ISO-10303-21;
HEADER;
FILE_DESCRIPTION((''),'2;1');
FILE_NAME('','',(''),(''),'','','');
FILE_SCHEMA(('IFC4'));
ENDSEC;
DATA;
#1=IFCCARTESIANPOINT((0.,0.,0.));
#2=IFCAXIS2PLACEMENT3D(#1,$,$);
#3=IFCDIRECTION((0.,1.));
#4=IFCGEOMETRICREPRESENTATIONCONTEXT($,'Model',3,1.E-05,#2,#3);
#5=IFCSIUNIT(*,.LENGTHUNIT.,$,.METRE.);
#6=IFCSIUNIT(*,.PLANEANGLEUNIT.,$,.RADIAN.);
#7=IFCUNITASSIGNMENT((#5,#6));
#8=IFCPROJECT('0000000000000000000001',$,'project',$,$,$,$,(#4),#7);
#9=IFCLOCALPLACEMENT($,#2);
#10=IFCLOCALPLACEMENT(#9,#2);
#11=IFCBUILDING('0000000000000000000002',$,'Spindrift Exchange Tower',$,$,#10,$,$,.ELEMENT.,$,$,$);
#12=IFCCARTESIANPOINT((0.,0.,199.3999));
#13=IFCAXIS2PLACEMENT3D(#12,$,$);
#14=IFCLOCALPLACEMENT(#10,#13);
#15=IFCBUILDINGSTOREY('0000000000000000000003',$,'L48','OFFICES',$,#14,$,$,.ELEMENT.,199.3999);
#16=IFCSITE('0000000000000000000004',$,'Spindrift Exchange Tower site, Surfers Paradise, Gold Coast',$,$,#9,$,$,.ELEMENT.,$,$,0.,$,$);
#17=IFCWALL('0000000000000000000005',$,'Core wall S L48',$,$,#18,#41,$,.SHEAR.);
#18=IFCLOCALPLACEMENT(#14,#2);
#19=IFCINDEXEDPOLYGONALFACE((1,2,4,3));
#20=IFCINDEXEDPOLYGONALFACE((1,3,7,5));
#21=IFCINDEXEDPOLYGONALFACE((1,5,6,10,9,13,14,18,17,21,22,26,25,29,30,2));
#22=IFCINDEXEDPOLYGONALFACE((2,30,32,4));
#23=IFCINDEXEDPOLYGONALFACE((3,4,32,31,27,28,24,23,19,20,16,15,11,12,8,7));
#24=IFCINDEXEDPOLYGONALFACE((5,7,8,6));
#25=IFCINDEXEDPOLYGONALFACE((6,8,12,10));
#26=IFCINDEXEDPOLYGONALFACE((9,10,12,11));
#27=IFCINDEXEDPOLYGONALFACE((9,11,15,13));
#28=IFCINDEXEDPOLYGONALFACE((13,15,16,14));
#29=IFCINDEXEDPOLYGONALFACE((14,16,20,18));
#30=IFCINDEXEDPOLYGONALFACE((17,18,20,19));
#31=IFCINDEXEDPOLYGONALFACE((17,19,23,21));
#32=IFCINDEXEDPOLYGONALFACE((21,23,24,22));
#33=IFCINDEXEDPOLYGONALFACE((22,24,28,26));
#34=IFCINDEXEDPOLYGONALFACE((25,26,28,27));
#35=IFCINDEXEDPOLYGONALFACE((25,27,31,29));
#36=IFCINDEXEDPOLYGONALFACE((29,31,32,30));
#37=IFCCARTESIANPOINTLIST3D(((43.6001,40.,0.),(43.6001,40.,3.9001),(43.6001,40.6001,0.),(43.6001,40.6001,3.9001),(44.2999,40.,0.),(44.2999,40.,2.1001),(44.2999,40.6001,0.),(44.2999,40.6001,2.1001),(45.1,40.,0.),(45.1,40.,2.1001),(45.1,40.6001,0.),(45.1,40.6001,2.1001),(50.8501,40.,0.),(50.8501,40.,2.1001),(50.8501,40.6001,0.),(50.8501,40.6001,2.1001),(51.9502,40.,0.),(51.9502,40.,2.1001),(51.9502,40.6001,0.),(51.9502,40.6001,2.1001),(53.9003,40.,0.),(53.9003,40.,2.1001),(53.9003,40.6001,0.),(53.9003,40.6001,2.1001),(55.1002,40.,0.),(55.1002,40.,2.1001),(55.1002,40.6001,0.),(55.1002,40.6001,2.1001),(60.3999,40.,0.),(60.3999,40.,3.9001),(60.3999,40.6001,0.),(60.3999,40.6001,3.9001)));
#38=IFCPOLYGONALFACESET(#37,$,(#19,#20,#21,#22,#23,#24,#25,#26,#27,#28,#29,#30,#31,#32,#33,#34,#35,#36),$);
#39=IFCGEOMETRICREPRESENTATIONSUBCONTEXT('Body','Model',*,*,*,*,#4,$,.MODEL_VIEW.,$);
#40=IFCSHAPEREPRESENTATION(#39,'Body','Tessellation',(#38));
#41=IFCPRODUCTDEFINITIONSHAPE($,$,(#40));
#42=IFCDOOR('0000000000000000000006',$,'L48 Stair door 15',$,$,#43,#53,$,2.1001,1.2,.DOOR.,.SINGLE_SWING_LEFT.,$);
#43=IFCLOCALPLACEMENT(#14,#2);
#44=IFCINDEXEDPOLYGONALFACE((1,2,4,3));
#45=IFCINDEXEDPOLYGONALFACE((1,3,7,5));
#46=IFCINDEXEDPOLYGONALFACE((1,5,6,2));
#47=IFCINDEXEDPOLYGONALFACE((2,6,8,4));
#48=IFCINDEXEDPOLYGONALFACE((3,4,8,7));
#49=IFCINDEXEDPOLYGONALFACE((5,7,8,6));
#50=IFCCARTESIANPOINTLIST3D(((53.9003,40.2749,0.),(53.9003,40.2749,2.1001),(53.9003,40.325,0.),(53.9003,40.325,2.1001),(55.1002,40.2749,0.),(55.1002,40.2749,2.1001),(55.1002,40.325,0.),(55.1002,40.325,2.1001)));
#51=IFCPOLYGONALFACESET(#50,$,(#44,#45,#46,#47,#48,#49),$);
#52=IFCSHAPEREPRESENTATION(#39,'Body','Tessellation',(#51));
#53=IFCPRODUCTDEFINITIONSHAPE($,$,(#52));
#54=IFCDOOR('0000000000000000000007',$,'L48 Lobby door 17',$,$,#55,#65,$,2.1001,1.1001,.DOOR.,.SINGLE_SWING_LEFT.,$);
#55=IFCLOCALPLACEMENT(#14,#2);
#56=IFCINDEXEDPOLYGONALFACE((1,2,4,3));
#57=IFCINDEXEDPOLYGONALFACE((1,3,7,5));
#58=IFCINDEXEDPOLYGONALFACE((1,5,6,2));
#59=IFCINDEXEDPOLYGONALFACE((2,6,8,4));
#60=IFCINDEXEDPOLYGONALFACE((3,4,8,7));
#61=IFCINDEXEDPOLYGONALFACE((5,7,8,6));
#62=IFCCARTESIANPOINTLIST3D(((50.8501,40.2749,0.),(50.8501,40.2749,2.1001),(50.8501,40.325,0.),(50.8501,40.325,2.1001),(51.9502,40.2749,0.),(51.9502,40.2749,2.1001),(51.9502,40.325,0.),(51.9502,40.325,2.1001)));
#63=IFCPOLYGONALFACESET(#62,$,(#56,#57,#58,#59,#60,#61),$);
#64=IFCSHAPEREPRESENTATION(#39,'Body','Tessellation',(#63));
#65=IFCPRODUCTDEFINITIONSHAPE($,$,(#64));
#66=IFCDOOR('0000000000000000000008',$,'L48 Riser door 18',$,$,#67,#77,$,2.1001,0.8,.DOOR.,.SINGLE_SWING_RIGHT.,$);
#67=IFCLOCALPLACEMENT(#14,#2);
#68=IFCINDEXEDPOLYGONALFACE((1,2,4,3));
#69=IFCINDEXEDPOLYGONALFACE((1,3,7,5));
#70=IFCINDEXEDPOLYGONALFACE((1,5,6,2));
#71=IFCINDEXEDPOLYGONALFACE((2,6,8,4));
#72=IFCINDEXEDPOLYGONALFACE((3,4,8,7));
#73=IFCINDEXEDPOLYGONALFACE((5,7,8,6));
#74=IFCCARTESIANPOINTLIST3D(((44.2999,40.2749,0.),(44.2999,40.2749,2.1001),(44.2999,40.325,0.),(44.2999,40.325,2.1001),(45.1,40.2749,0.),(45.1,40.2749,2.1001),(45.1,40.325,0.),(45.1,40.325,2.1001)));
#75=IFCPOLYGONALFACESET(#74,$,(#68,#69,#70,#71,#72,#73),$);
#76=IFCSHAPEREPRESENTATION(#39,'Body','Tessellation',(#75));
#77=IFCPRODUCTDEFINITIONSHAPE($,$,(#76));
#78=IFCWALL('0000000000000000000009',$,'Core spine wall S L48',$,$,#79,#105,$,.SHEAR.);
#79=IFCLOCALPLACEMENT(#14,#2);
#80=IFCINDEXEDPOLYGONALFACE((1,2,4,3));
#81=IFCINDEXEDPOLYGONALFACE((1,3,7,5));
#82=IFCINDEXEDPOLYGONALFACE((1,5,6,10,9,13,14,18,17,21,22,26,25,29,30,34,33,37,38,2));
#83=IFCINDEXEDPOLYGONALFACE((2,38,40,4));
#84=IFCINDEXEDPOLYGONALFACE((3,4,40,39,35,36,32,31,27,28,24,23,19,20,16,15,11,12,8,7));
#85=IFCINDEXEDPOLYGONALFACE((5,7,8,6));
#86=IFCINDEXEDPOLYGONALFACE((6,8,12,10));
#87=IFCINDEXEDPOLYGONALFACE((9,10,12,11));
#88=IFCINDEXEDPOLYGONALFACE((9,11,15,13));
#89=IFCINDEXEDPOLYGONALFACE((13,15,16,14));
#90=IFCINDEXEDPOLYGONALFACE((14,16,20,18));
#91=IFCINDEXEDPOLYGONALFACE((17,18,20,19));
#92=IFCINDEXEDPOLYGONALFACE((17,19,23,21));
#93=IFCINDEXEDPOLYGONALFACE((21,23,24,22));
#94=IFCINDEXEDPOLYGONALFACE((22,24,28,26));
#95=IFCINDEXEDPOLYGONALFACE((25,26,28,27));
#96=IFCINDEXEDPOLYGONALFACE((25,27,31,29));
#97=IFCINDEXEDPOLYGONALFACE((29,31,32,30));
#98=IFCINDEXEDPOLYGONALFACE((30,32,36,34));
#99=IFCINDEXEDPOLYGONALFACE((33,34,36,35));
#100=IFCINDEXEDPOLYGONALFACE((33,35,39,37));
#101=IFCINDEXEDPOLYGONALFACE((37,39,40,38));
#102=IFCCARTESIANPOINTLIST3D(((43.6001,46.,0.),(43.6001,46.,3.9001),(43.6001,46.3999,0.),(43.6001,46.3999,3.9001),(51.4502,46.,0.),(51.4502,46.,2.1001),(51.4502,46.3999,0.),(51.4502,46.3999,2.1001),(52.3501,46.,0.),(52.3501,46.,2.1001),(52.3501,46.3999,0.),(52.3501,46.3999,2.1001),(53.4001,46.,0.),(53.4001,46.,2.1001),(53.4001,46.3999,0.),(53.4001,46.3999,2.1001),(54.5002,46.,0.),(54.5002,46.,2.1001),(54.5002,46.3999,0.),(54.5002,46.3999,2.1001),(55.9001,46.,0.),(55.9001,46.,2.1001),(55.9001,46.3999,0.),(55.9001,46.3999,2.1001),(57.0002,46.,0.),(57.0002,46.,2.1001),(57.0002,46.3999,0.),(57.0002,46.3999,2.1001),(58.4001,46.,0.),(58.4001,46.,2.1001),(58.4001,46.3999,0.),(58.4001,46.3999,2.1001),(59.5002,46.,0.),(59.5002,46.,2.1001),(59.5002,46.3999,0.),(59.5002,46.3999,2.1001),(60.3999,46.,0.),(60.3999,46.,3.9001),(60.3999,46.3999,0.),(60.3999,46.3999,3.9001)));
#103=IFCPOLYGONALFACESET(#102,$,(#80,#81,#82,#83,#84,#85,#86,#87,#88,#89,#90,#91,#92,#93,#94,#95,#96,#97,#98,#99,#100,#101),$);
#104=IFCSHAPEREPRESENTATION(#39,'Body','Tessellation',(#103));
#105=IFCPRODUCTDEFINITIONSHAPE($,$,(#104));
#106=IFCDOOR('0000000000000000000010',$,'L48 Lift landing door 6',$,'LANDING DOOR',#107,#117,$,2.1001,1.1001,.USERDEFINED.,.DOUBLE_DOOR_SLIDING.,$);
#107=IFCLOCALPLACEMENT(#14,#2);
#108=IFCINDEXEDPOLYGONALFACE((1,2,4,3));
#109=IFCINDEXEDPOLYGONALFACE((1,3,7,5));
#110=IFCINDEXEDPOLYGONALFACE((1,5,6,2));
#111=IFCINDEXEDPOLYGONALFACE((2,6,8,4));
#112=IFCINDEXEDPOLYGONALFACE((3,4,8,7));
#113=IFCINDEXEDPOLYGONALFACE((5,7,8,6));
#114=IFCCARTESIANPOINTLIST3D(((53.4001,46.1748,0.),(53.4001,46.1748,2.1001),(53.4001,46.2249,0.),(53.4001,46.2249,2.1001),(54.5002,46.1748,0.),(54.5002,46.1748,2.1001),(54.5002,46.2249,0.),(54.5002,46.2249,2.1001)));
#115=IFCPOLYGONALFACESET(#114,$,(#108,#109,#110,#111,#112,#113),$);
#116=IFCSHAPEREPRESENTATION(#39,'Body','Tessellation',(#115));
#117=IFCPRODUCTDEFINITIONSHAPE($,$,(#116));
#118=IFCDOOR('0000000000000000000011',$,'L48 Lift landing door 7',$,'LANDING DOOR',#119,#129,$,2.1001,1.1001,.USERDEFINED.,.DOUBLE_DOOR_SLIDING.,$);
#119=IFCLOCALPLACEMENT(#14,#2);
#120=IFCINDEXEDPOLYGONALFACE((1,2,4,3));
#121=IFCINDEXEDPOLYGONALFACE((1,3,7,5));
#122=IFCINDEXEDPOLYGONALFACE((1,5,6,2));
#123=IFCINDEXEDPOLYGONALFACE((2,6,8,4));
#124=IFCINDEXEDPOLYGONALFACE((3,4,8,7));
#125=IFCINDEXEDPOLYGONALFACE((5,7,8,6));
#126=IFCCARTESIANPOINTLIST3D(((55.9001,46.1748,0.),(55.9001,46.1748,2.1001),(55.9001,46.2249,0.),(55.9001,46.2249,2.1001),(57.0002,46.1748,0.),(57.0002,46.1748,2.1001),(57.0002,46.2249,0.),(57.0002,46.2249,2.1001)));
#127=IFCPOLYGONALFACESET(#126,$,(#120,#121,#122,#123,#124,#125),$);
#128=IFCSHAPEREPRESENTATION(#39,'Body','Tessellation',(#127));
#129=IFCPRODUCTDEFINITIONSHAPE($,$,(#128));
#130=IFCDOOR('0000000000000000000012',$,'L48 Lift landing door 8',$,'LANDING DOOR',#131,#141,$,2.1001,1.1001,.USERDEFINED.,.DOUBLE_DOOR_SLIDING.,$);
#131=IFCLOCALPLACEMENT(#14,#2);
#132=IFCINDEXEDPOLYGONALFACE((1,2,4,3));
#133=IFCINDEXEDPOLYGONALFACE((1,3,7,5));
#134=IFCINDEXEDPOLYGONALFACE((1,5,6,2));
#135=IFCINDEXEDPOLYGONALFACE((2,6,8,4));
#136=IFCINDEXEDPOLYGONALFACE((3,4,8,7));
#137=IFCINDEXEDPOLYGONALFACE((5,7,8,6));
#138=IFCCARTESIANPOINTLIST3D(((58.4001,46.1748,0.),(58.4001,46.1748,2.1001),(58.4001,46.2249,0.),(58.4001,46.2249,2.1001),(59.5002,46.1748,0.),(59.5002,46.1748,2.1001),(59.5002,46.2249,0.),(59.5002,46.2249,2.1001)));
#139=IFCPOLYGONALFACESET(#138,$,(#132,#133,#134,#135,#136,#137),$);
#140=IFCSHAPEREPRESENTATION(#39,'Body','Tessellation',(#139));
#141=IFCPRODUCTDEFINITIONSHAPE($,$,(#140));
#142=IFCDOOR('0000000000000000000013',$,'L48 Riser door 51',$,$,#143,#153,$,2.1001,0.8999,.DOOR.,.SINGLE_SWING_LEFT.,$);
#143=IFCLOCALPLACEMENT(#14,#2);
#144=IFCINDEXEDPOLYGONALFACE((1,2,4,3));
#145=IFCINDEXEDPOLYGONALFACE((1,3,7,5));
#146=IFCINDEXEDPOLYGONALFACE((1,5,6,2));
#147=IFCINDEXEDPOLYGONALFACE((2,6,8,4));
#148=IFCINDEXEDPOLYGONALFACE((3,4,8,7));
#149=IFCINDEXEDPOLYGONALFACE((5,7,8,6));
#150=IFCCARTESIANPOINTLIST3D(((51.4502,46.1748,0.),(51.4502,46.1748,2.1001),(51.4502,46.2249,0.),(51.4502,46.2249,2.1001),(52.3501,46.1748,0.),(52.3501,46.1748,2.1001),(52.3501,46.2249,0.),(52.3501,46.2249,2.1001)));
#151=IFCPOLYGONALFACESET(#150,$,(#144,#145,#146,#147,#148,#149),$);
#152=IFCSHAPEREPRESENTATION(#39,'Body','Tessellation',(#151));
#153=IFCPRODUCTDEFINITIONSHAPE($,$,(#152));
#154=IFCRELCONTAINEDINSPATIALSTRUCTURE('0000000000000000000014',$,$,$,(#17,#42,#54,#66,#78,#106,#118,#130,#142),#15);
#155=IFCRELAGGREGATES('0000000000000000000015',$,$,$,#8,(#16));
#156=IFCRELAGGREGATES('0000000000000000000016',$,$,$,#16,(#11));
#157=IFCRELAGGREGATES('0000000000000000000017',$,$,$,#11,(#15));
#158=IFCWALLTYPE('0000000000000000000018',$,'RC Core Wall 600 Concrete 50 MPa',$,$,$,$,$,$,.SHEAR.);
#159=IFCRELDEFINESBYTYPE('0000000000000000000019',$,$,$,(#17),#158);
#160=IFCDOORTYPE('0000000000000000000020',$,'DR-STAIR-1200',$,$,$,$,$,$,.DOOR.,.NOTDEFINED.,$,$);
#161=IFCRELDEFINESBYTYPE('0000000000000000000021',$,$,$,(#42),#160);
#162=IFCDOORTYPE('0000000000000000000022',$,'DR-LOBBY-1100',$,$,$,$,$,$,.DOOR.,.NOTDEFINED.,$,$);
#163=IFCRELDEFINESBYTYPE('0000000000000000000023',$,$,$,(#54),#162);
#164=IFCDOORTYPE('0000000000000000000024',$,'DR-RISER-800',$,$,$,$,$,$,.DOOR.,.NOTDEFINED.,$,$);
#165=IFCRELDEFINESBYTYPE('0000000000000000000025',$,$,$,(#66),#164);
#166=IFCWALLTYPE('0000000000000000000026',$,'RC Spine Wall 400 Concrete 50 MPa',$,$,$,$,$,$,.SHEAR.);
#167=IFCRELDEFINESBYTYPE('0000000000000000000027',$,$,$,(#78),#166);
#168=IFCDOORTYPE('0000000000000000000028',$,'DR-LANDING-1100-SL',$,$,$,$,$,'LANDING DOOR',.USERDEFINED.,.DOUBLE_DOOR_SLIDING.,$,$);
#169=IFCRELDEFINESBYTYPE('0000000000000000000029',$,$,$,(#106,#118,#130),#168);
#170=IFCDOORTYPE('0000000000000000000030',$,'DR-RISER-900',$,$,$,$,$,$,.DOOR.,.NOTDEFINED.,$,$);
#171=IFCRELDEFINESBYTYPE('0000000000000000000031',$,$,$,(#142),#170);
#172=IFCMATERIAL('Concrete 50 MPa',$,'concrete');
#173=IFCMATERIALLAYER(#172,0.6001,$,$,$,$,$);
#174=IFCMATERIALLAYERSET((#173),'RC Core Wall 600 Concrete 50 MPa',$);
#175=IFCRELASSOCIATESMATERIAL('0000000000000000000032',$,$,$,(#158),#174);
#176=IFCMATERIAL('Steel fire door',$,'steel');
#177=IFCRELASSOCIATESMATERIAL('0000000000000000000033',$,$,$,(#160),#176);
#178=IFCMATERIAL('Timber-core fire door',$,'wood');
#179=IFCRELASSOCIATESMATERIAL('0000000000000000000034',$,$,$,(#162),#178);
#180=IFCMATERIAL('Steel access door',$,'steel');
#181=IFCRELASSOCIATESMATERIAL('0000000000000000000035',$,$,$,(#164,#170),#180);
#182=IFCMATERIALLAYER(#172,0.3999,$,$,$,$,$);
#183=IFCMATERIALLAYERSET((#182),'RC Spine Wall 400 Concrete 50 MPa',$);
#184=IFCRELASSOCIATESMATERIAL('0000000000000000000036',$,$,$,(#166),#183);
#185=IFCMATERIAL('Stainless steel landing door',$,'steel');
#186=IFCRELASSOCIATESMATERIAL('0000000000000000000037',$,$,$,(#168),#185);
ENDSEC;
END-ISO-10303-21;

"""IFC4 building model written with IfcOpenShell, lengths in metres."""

from ifc_helpers import new_model, si_unit, direction, frame, frame_2d, origin, place, context, subcontext, project, spatial, rectangle, extrude, source, transform, mapped, material, layer, layer_set, type_object, element, fill, save


model = new_model("IFC4")

# Units and contexts
model_context = context("Model", 3, precision=1e-05, world=origin(), true_north=direction((0.0, 1.0)))
body_context = subcontext(model_context, "Body", "Model", "MODEL_VIEW")
ifc_project = project(units=[si_unit("LENGTHUNIT", "METRE"), si_unit("PLANEANGLEUNIT", "RADIAN")], contexts=[model_context])

# Site, building, storey
site_placement = place(None, origin())
site = spatial("IfcSite", under=ifc_project, at=site_placement, Name="Spindrift Exchange Tower site, Surfers Paradise, Gold Coast", CompositionType="ELEMENT", RefElevation=0.0)
building_placement = place(site_placement, origin())
building = spatial("IfcBuilding", under=site, at=building_placement, Name="Spindrift Exchange Tower", CompositionType="ELEMENT")
storey_placement = place(building_placement, frame((0.0, 0.0, 199.3999)))
storey = spatial("IfcBuildingStorey", under=building, at=storey_placement, Name="L48", Description="OFFICES", CompositionType="ELEMENT", Elevation=199.3999)

# Walls, openings, doors
ifc_material_1 = material(Name="Concrete 50 MPa", Category="concrete")
ifc_layer_1 = layer(ifc_material_1, 0.6001)
ifc_layer_set_1 = layer_set([ifc_layer_1], Name="RC Core Wall 600 Concrete 50 MPa")
wall_type_1 = type_object("IfcWallType", Name="RC Core Wall 600 Concrete 50 MPa", PredefinedType="SHEAR", material=ifc_layer_set_1)
wall_1_placement = place(storey_placement, frame((43.6001, 40.3, 0.0), z_axis=(0.0, 0.0, 1.0), x_axis=(1.0, 0.0, 0.0)))
wall_1 = element("IfcWall", 1, at=wall_1_placement, inside=storey, type_object=wall_type_1, Name="Core wall S L48", PredefinedType="SHEAR", context=body_context, shape_type="SweptSolid", body=[
    extrude(rectangle(XDim=16.7998, YDim=0.6001, at=frame_2d((8.3999, 0.0))), origin(), (0.0, 0.0, 1.0), 3.9001),
])
opening_1_placement = place(wall_1_placement, frame((10.3, 0.0, 0.0)))
opening_1 = element("IfcOpeningElement", 2, at=opening_1_placement, cuts=wall_1, PredefinedType="OPENING", context=body_context, shape_type="SweptSolid", body=[
    extrude(rectangle(XDim=1.2, YDim=2.1001, at=frame_2d((0.6001, 1.05))), frame((0.0, 0.3101, 0.0), z_axis=(0.0, -1.0, 0.0), x_axis=(1.0, 0.0, 0.0)), (0.0, 0.0, 1.0), 0.6201),
])
opening_2_placement = place(wall_1_placement, frame((7.25, 0.0, 0.0)))
opening_2 = element("IfcOpeningElement", 3, at=opening_2_placement, cuts=wall_1, PredefinedType="OPENING", context=body_context, shape_type="SweptSolid", body=[
    extrude(rectangle(XDim=1.1001, YDim=2.1001, at=frame_2d((0.55, 1.05))), frame((0.0, 0.3101, 0.0), z_axis=(0.0, -1.0, 0.0), x_axis=(1.0, 0.0, 0.0)), (0.0, 0.0, 1.0), 0.6201),
])
opening_3_placement = place(wall_1_placement, frame((0.7, 0.0, 0.0)))
opening_3 = element("IfcOpeningElement", 4, at=opening_3_placement, cuts=wall_1, PredefinedType="OPENING", context=body_context, shape_type="SweptSolid", body=[
    extrude(rectangle(XDim=0.8, YDim=2.1001, at=frame_2d((0.3999, 1.05))), frame((0.0, 0.3101, 0.0), z_axis=(0.0, -1.0, 0.0), x_axis=(1.0, 0.0, 0.0)), (0.0, 0.0, 1.0), 0.6201),
])
ifc_material_2 = material(Name="Steel fire door", Category="steel")
door_type_1 = type_object("IfcDoorType", Name="DR-STAIR-1200", OperationType="NOTDEFINED", PredefinedType="DOOR", material=ifc_material_2)
shared_shape_1 = source(origin(), body_context, "Body", "SweptSolid", [
    extrude(rectangle(XDim=1.2, YDim=2.1001, at=frame_2d((0.6001, 1.05))), frame((0.0, 0.0249, 0.0), z_axis=(0.0, -1.0, 0.0), x_axis=(1.0, 0.0, 0.0)), (0.0, 0.0, 1.0), 0.05),
])
door_1_placement = place(opening_1_placement, origin())
door_1 = element("IfcDoor", 5, at=door_1_placement, inside=storey, type_object=door_type_1, Name="L48 Stair door 15", OperationType="SINGLE_SWING_LEFT", OverallHeight=2.1001, OverallWidth=1.2, PredefinedType="DOOR", context=body_context, shape_type="MappedRepresentation", body=[
    mapped(shared_shape_1, transform((0.0, 0.0, 0.0), scale=1.0)),
])
fill(opening_1, door_1)
ifc_material_3 = material(Name="Timber-core fire door", Category="wood")
door_type_2 = type_object("IfcDoorType", Name="DR-LOBBY-1100", OperationType="NOTDEFINED", PredefinedType="DOOR", material=ifc_material_3)
shared_shape_2 = source(origin(), body_context, "Body", "SweptSolid", [
    extrude(rectangle(XDim=1.1001, YDim=2.1001, at=frame_2d((0.55, 1.05))), frame((0.0, 0.0249, 0.0), z_axis=(0.0, -1.0, 0.0), x_axis=(1.0, 0.0, 0.0)), (0.0, 0.0, 1.0), 0.05),
])
door_2_placement = place(opening_2_placement, origin())
door_2 = element("IfcDoor", 6, at=door_2_placement, inside=storey, type_object=door_type_2, Name="L48 Lobby door 17", OperationType="SINGLE_SWING_LEFT", OverallHeight=2.1001, OverallWidth=1.1001, PredefinedType="DOOR", context=body_context, shape_type="MappedRepresentation", body=[
    mapped(shared_shape_2, transform((0.0, 0.0, 0.0), scale=1.0)),
])
fill(opening_2, door_2)
ifc_material_4 = material(Name="Steel access door", Category="steel")
door_type_3 = type_object("IfcDoorType", Name="DR-RISER-800", OperationType="NOTDEFINED", PredefinedType="DOOR", material=ifc_material_4)
shared_shape_3 = source(origin(), body_context, "Body", "SweptSolid", [
    extrude(rectangle(XDim=0.8, YDim=2.1001, at=frame_2d((0.3999, 1.05))), frame((0.0, 0.0249, 0.0), z_axis=(0.0, -1.0, 0.0), x_axis=(1.0, 0.0, 0.0)), (0.0, 0.0, 1.0), 0.05),
])
door_3_placement = place(opening_3_placement, origin())
door_3 = element("IfcDoor", 7, at=door_3_placement, inside=storey, type_object=door_type_3, Name="L48 Riser door 18", OperationType="SINGLE_SWING_RIGHT", OverallHeight=2.1001, OverallWidth=0.8, PredefinedType="DOOR", context=body_context, shape_type="MappedRepresentation", body=[
    mapped(shared_shape_3, transform((0.0, 0.0, 0.0), scale=1.0)),
])
fill(opening_3, door_3)
ifc_layer_2 = layer(ifc_material_1, 0.3999)
ifc_layer_set_2 = layer_set([ifc_layer_2], Name="RC Spine Wall 400 Concrete 50 MPa")
wall_type_2 = type_object("IfcWallType", Name="RC Spine Wall 400 Concrete 50 MPa", PredefinedType="SHEAR", material=ifc_layer_set_2)
wall_2_placement = place(storey_placement, frame((43.6001, 46.2, 0.0), z_axis=(0.0, 0.0, 1.0), x_axis=(1.0, 0.0, 0.0)))
wall_2 = element("IfcWall", 8, at=wall_2_placement, inside=storey, type_object=wall_type_2, Name="Core spine wall S L48", PredefinedType="SHEAR", context=body_context, shape_type="SweptSolid", body=[
    extrude(rectangle(XDim=16.7998, YDim=0.3999, at=frame_2d((8.3999, 0.0))), origin(), (0.0, 0.0, 1.0), 3.9001),
])
opening_4_placement = place(wall_2_placement, frame((9.8, 0.0, 0.0)))
opening_4 = element("IfcOpeningElement", 9, at=opening_4_placement, cuts=wall_2, PredefinedType="OPENING", context=body_context, shape_type="SweptSolid", body=[
    extrude(rectangle(XDim=1.1001, YDim=2.1001, at=frame_2d((0.55, 1.05))), frame((0.0, 0.21, 0.0), z_axis=(0.0, -1.0, 0.0), x_axis=(1.0, 0.0, 0.0)), (0.0, 0.0, 1.0), 0.4199),
])
opening_5_placement = place(wall_2_placement, frame((12.3, 0.0, 0.0)))
opening_5 = element("IfcOpeningElement", 10, at=opening_5_placement, cuts=wall_2, PredefinedType="OPENING", context=body_context, shape_type="SweptSolid", body=[
    extrude(rectangle(XDim=1.1001, YDim=2.1001, at=frame_2d((0.55, 1.05))), frame((0.0, 0.21, 0.0), z_axis=(0.0, -1.0, 0.0), x_axis=(1.0, 0.0, 0.0)), (0.0, 0.0, 1.0), 0.4199),
])
opening_6_placement = place(wall_2_placement, frame((14.8, 0.0, 0.0)))
opening_6 = element("IfcOpeningElement", 11, at=opening_6_placement, cuts=wall_2, PredefinedType="OPENING", context=body_context, shape_type="SweptSolid", body=[
    extrude(rectangle(XDim=1.1001, YDim=2.1001, at=frame_2d((0.55, 1.05))), frame((0.0, 0.21, 0.0), z_axis=(0.0, -1.0, 0.0), x_axis=(1.0, 0.0, 0.0)), (0.0, 0.0, 1.0), 0.4199),
])
opening_7_placement = place(wall_2_placement, frame((7.8501, 0.0, 0.0)))
opening_7 = element("IfcOpeningElement", 12, at=opening_7_placement, cuts=wall_2, PredefinedType="OPENING", context=body_context, shape_type="SweptSolid", body=[
    extrude(rectangle(XDim=0.8999, YDim=2.1001, at=frame_2d((0.45, 1.05))), frame((0.0, 0.21, 0.0), z_axis=(0.0, -1.0, 0.0), x_axis=(1.0, 0.0, 0.0)), (0.0, 0.0, 1.0), 0.4199),
])
ifc_material_5 = material(Name="Stainless steel landing door", Category="steel")
door_type_4 = type_object("IfcDoorType", Name="DR-LANDING-1100-SL", ElementType="LANDING DOOR", OperationType="DOUBLE_DOOR_SLIDING", PredefinedType="USERDEFINED", material=ifc_material_5)
shared_shape_4 = source(origin(), body_context, "Body", "SweptSolid", [
    extrude(rectangle(XDim=1.1001, YDim=2.1001, at=frame_2d((0.55, 1.05))), frame((0.0, 0.0249, 0.0), z_axis=(0.0, -1.0, 0.0), x_axis=(1.0, 0.0, 0.0)), (0.0, 0.0, 1.0), 0.05),
])
door_4_placement = place(opening_4_placement, origin())
door_4 = element("IfcDoor", 13, at=door_4_placement, inside=storey, type_object=door_type_4, Name="L48 Lift landing door 6", ObjectType="LANDING DOOR", OperationType="DOUBLE_DOOR_SLIDING", OverallHeight=2.1001, OverallWidth=1.1001, PredefinedType="USERDEFINED", context=body_context, shape_type="MappedRepresentation", body=[
    mapped(shared_shape_4, transform((0.0, 0.0, 0.0), scale=1.0)),
])
fill(opening_4, door_4)
door_5_placement = place(opening_5_placement, origin())
door_5 = element("IfcDoor", 14, at=door_5_placement, inside=storey, type_object=door_type_4, Name="L48 Lift landing door 7", ObjectType="LANDING DOOR", OperationType="DOUBLE_DOOR_SLIDING", OverallHeight=2.1001, OverallWidth=1.1001, PredefinedType="USERDEFINED", context=body_context, shape_type="MappedRepresentation", body=[
    mapped(shared_shape_4, transform((0.0, 0.0, 0.0), scale=1.0)),
])
fill(opening_5, door_5)
door_6_placement = place(opening_6_placement, origin())
door_6 = element("IfcDoor", 15, at=door_6_placement, inside=storey, type_object=door_type_4, Name="L48 Lift landing door 8", ObjectType="LANDING DOOR", OperationType="DOUBLE_DOOR_SLIDING", OverallHeight=2.1001, OverallWidth=1.1001, PredefinedType="USERDEFINED", context=body_context, shape_type="MappedRepresentation", body=[
    mapped(shared_shape_4, transform((0.0, 0.0, 0.0), scale=1.0)),
])
fill(opening_6, door_6)
door_type_5 = type_object("IfcDoorType", Name="DR-RISER-900", OperationType="NOTDEFINED", PredefinedType="DOOR", material=ifc_material_4)
shared_shape_5 = source(origin(), body_context, "Body", "SweptSolid", [
    extrude(rectangle(XDim=0.8999, YDim=2.1001, at=frame_2d((0.45, 1.05))), frame((0.0, 0.0249, 0.0), z_axis=(0.0, -1.0, 0.0), x_axis=(1.0, 0.0, 0.0)), (0.0, 0.0, 1.0), 0.05),
])
door_7_placement = place(opening_7_placement, origin())
door_7 = element("IfcDoor", 16, at=door_7_placement, inside=storey, type_object=door_type_5, Name="L48 Riser door 51", OperationType="SINGLE_SWING_LEFT", OverallHeight=2.1001, OverallWidth=0.8999, PredefinedType="DOOR", context=body_context, shape_type="MappedRepresentation", body=[
    mapped(shared_shape_5, transform((0.0, 0.0, 0.0), scale=1.0)),
])
fill(opening_7, door_7)

save(model, "model.ifc")
